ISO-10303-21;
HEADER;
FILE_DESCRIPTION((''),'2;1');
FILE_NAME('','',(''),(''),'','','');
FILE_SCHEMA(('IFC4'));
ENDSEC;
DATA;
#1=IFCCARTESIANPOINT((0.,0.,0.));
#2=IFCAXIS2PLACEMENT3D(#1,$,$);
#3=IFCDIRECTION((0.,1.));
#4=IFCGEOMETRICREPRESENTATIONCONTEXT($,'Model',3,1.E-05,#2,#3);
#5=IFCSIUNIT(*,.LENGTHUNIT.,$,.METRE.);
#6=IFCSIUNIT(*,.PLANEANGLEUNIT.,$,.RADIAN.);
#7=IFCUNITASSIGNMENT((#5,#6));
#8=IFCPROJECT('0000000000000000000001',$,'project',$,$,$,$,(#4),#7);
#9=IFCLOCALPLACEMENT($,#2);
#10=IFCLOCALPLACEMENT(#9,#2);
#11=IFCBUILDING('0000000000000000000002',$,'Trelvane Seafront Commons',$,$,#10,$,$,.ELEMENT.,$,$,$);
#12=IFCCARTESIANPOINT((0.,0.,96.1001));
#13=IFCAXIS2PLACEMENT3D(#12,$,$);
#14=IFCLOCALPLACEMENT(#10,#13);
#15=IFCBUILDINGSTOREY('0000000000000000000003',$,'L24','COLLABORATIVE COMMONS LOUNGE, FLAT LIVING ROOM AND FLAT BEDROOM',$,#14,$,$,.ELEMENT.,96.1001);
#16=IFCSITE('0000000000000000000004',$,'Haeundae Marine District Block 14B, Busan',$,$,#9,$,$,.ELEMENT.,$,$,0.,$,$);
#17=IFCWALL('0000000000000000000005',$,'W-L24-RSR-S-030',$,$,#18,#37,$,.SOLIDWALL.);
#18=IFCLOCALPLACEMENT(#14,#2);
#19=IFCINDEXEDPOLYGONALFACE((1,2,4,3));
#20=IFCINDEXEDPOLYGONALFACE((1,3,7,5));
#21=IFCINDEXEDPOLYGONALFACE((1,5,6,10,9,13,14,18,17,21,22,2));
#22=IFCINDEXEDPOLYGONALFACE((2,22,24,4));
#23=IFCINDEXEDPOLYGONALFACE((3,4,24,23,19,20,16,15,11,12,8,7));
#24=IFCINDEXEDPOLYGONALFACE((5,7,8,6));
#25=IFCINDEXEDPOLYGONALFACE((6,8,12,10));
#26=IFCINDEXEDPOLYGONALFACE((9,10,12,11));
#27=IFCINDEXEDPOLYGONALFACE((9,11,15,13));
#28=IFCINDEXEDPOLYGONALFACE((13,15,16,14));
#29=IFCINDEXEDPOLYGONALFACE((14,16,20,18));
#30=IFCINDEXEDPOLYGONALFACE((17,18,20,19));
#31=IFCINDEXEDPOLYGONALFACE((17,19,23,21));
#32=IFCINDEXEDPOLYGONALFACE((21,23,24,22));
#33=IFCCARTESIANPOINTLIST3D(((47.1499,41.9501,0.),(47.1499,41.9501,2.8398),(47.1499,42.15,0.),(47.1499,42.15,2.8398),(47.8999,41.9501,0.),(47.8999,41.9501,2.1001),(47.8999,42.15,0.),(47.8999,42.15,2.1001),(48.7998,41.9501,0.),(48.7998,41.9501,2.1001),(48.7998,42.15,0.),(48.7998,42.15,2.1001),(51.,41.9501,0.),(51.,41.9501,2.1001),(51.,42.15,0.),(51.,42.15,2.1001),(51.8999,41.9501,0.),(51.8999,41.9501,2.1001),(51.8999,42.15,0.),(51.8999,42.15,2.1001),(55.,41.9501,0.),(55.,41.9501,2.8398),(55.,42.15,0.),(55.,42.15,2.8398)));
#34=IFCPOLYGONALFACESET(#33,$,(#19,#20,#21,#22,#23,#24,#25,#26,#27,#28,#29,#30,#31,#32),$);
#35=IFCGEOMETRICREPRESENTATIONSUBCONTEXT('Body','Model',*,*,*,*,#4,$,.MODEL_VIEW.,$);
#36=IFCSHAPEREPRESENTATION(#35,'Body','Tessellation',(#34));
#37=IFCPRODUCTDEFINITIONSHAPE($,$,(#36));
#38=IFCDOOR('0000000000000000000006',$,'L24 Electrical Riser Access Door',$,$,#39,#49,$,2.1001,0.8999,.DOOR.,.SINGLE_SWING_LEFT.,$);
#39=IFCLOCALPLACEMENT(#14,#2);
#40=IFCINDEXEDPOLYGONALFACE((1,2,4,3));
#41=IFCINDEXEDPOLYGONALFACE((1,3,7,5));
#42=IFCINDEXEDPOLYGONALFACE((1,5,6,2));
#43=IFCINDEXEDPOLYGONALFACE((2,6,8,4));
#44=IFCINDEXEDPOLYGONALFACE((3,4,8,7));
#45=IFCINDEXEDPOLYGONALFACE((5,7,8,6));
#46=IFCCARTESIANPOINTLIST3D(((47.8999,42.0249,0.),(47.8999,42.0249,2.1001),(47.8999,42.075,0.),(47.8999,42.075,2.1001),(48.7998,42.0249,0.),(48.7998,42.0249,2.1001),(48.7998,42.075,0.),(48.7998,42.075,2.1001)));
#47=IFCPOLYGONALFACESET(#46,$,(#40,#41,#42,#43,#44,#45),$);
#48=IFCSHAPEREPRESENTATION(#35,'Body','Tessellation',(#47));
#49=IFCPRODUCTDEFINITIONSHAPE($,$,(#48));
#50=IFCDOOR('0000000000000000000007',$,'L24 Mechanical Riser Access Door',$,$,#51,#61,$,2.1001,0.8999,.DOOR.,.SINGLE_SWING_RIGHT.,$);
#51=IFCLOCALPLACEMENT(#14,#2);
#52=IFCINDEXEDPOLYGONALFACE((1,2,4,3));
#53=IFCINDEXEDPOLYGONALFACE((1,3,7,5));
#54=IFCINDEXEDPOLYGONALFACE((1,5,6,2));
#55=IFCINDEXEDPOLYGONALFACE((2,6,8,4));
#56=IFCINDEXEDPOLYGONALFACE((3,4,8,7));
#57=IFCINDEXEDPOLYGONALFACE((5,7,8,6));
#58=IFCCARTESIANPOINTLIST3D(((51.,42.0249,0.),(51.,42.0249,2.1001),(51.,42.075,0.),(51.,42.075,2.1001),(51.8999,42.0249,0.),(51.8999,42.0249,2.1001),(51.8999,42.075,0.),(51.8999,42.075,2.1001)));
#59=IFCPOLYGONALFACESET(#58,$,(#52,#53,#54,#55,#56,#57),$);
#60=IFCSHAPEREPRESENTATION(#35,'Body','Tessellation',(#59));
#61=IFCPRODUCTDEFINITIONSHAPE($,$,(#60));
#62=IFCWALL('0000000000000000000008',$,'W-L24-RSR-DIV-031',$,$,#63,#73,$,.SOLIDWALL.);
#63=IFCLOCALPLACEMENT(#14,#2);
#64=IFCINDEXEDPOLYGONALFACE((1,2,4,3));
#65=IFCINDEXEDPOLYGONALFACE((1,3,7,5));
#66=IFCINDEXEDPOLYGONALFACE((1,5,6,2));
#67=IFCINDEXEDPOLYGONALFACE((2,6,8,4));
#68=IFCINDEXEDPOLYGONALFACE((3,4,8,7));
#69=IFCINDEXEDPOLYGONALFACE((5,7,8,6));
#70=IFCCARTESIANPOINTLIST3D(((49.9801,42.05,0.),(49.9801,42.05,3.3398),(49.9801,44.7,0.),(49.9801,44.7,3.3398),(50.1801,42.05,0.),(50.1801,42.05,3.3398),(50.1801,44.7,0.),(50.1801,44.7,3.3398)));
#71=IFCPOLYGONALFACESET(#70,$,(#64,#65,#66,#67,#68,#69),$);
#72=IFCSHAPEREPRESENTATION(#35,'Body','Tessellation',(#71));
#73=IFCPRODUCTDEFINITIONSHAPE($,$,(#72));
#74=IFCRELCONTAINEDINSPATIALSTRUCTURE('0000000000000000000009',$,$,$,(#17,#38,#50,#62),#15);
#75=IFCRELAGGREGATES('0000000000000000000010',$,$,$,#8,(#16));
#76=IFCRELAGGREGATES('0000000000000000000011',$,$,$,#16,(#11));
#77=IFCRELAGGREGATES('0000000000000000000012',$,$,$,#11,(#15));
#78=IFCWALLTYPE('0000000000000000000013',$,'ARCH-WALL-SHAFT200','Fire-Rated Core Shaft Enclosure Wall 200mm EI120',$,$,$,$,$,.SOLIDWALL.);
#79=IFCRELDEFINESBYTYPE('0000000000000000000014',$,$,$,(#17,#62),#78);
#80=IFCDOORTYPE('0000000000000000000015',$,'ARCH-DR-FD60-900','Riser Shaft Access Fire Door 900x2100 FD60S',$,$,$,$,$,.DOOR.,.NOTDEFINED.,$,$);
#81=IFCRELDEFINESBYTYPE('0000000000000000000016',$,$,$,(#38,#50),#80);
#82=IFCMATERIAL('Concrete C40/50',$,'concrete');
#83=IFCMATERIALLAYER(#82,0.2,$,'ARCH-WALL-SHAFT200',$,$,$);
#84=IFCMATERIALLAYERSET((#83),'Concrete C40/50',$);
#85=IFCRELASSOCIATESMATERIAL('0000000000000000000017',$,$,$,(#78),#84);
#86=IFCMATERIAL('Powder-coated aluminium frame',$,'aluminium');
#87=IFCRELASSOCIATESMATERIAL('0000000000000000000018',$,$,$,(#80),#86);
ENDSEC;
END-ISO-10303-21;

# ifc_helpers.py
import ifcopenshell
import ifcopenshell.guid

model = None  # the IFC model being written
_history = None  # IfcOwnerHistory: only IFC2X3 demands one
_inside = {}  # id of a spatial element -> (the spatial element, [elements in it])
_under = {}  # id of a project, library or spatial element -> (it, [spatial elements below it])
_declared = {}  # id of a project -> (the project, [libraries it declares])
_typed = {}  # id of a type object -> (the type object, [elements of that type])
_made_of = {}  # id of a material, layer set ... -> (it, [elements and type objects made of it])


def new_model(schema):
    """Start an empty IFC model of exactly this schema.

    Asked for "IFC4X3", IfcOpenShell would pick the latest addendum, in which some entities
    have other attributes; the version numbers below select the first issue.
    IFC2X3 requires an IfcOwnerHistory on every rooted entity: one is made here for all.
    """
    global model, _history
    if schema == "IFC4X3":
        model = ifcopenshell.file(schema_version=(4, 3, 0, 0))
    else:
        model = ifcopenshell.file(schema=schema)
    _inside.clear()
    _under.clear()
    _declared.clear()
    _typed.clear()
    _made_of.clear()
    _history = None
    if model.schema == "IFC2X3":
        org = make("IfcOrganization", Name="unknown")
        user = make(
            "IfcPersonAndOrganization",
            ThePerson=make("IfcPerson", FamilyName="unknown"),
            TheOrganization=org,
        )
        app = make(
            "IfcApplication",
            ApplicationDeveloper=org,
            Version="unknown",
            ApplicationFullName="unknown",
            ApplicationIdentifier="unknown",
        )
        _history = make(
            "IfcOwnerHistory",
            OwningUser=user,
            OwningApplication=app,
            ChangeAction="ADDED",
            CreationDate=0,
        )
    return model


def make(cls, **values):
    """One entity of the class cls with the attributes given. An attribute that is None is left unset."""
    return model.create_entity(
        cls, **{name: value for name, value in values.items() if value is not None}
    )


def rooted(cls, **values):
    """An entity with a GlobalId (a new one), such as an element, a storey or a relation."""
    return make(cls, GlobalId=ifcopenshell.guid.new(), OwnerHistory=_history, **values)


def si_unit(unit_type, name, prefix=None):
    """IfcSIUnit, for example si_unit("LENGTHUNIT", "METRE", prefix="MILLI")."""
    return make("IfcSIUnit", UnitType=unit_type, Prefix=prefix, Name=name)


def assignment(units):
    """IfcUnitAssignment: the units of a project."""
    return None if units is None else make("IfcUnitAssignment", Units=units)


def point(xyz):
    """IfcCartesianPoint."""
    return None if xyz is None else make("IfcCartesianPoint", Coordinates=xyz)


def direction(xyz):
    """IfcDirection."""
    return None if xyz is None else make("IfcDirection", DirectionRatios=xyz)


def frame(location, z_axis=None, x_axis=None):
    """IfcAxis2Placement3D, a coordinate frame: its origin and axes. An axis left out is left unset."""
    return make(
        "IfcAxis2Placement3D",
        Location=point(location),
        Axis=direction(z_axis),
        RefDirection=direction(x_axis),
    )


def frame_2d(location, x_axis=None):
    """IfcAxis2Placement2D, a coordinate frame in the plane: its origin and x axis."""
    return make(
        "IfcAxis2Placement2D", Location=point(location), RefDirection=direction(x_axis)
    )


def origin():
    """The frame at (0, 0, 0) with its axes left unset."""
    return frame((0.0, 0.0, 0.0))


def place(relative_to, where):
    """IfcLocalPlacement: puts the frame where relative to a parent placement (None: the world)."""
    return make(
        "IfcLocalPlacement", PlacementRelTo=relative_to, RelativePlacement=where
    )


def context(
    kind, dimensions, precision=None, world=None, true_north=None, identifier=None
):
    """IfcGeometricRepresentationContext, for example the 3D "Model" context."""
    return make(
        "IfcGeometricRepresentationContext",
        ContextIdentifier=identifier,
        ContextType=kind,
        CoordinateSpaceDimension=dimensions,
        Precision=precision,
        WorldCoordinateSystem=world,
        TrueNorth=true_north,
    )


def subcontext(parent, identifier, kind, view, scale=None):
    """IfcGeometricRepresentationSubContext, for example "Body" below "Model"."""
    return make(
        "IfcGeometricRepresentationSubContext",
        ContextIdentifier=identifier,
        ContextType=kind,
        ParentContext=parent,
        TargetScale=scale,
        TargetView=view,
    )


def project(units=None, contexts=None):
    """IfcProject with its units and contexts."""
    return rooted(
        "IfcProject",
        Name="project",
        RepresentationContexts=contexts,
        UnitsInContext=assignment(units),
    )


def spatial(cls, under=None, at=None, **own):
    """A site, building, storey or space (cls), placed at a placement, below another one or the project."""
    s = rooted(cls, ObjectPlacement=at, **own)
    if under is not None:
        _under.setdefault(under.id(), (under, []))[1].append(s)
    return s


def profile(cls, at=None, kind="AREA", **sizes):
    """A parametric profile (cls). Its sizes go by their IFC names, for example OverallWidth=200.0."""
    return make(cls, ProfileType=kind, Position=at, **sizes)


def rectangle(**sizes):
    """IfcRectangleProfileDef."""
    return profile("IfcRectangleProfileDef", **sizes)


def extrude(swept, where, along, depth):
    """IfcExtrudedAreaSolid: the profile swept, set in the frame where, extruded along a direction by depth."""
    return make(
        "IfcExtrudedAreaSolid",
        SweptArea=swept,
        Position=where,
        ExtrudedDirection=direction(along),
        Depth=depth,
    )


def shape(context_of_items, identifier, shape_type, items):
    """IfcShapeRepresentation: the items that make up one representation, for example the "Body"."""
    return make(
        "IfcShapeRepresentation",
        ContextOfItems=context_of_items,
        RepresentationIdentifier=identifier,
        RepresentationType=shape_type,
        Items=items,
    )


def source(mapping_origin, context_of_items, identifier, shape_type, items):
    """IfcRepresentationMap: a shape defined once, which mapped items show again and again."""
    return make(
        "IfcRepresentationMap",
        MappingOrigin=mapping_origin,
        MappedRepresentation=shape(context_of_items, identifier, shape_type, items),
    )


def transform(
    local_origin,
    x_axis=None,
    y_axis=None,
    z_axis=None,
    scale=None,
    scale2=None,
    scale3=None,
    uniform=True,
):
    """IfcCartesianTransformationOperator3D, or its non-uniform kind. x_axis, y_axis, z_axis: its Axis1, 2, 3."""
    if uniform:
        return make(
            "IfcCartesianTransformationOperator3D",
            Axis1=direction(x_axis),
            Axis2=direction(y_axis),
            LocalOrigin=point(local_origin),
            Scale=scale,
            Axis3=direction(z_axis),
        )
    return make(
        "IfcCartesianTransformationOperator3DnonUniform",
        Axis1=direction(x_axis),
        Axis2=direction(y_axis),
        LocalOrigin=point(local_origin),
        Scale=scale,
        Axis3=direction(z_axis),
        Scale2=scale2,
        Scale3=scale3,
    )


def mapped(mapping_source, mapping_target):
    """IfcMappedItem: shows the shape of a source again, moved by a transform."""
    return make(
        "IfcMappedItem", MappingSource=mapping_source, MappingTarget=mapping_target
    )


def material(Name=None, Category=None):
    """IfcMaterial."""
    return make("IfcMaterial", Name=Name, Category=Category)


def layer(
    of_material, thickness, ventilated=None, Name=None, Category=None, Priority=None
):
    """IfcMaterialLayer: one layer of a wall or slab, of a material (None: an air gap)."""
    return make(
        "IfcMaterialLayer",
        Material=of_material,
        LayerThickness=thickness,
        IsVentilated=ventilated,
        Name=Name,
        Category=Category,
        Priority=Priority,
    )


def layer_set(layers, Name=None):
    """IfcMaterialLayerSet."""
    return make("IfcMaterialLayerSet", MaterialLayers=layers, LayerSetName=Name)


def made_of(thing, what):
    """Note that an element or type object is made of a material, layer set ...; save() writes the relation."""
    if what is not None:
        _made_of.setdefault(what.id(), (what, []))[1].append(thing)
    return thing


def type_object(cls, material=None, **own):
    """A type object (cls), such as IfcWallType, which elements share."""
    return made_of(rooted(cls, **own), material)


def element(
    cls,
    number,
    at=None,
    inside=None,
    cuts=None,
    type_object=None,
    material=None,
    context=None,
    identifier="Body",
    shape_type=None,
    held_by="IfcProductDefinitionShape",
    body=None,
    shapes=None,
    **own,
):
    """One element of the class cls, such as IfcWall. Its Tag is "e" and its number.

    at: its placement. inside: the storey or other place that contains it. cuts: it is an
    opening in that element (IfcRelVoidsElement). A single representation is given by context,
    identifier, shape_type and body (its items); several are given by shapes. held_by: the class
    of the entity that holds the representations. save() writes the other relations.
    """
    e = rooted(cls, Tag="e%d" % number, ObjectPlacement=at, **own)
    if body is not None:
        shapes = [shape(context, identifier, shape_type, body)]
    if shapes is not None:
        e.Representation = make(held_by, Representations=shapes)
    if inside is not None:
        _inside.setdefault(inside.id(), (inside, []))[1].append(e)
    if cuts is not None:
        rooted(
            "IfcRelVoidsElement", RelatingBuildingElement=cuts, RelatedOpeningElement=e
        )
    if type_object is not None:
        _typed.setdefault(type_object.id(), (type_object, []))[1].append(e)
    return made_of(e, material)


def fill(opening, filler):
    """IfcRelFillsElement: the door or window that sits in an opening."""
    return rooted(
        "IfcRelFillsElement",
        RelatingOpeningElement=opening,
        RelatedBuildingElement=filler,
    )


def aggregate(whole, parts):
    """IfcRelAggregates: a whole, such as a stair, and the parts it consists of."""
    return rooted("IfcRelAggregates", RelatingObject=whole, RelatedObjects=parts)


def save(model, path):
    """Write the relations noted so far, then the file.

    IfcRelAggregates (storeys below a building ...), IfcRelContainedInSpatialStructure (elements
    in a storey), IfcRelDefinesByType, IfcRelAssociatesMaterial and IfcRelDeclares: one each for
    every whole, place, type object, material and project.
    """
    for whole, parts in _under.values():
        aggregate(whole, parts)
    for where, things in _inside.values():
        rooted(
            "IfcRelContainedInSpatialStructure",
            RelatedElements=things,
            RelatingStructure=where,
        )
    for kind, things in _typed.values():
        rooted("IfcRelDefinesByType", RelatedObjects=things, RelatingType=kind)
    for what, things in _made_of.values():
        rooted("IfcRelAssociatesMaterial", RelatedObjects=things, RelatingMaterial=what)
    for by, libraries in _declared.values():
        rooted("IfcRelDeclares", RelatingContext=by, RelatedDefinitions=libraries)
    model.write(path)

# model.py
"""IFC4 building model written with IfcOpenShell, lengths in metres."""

from ifc_helpers import new_model, si_unit, direction, frame, frame_2d, origin, place, context, subcontext, project, spatial, rectangle, extrude, source, transform, mapped, material, layer, layer_set, type_object, element, fill, save


model = new_model("IFC4")

# Units and contexts
model_context = context("Model", 3, precision=1e-05, world=origin(), true_north=direction((0.0, 1.0)))
body_context = subcontext(model_context, "Body", "Model", "MODEL_VIEW")
ifc_project = project(units=[si_unit("LENGTHUNIT", "METRE"), si_unit("PLANEANGLEUNIT", "RADIAN")], contexts=[model_context])

# Site, building, storey
site_placement = place(None, origin())
site = spatial("IfcSite", under=ifc_project, at=site_placement, Name="Haeundae Marine District Block 14B, Busan", CompositionType="ELEMENT", RefElevation=0.0)
building_placement = place(site_placement, origin())
building = spatial("IfcBuilding", under=site, at=building_placement, Name="Trelvane Seafront Commons", CompositionType="ELEMENT")
storey_placement = place(building_placement, frame((0.0, 0.0, 96.1001)))
storey = spatial("IfcBuildingStorey", under=building, at=storey_placement, Name="L24", Description="COLLABORATIVE COMMONS LOUNGE, FLAT LIVING ROOM AND FLAT BEDROOM", CompositionType="ELEMENT", Elevation=96.1001)

# Shared definitions
ifc_material_1 = material(Name="Concrete C40/50", Category="concrete")
ifc_layer_1 = layer(ifc_material_1, 0.2, Name="ARCH-WALL-SHAFT200")
ifc_layer_set_1 = layer_set([ifc_layer_1], Name="Concrete C40/50")
wall_type_1 = type_object("IfcWallType", Name="ARCH-WALL-SHAFT200", Description="Fire-Rated Core Shaft Enclosure Wall 200mm EI120", PredefinedType="SOLIDWALL", material=ifc_layer_set_1)

# Wall, openings, doors
wall_1_placement = place(storey_placement, frame((47.1499, 42.05, 0.0), z_axis=(0.0, 0.0, 1.0), x_axis=(1.0, 0.0, 0.0)))
wall_1 = element("IfcWall", 1, at=wall_1_placement, inside=storey, type_object=wall_type_1, Name="W-L24-RSR-S-030", PredefinedType="SOLIDWALL", context=body_context, shape_type="SweptSolid", body=[
    extrude(rectangle(XDim=7.8501, YDim=0.2, at=frame_2d((3.925, 0.0))), origin(), (0.0, 0.0, 1.0), 2.8398),
])
opening_1_placement = place(wall_1_placement, frame((0.75, 0.0, 0.0)))
opening_1 = element("IfcOpeningElement", 2, at=opening_1_placement, cuts=wall_1, PredefinedType="OPENING", context=body_context, shape_type="SweptSolid", body=[
    extrude(rectangle(XDim=0.8999, YDim=2.1001, at=frame_2d((0.45, 1.05))), frame((0.0, 0.1099, 0.0), z_axis=(0.0, -1.0, 0.0), x_axis=(1.0, 0.0, 0.0)), (0.0, 0.0, 1.0), 0.22),
])
opening_2_placement = place(wall_1_placement, frame((3.8501, 0.0, 0.0)))
opening_2 = element("IfcOpeningElement", 3, at=opening_2_placement, cuts=wall_1, PredefinedType="OPENING", context=body_context, shape_type="SweptSolid", body=[
    extrude(rectangle(XDim=0.8999, YDim=2.1001, at=frame_2d((0.45, 1.05))), frame((0.0, 0.1099, 0.0), z_axis=(0.0, -1.0, 0.0), x_axis=(1.0, 0.0, 0.0)), (0.0, 0.0, 1.0), 0.22),
])
ifc_material_2 = material(Name="Powder-coated aluminium frame", Category="aluminium")
door_type_1 = type_object("IfcDoorType", Name="ARCH-DR-FD60-900", Description="Riser Shaft Access Fire Door 900x2100 FD60S", OperationType="NOTDEFINED", PredefinedType="DOOR", material=ifc_material_2)
shared_shape_1 = source(origin(), body_context, "Body", "SweptSolid", [
    extrude(rectangle(XDim=0.8999, YDim=2.1001, at=frame_2d((0.45, 1.05))), frame((0.0, 0.0249, 0.0), z_axis=(0.0, -1.0, 0.0), x_axis=(1.0, 0.0, 0.0)), (0.0, 0.0, 1.0), 0.05),
])
door_1_placement = place(opening_1_placement, origin())
door_1 = element("IfcDoor", 4, at=door_1_placement, inside=storey, type_object=door_type_1, Name="L24 Electrical Riser Access Door", OperationType="SINGLE_SWING_LEFT", OverallHeight=2.1001, OverallWidth=0.8999, PredefinedType="DOOR", context=body_context, shape_type="MappedRepresentation", body=[
    mapped(shared_shape_1, transform((0.0, 0.0, 0.0), x_axis=(1.0, 0.0, 0.0), y_axis=(0.0, 1.0, 0.0), z_axis=(0.0, 0.0, 1.0), scale=1.0)),
])
fill(opening_1, door_1)
door_2_placement = place(opening_2_placement, origin())
door_2 = element("IfcDoor", 5, at=door_2_placement, inside=storey, type_object=door_type_1, Name="L24 Mechanical Riser Access Door", OperationType="SINGLE_SWING_RIGHT", OverallHeight=2.1001, OverallWidth=0.8999, PredefinedType="DOOR", context=body_context, shape_type="MappedRepresentation", body=[
    mapped(shared_shape_1, transform((0.0, 0.0, 0.0), x_axis=(1.0, 0.0, 0.0), y_axis=(0.0, 1.0, 0.0), z_axis=(0.0, 0.0, 1.0), scale=1.0)),
])
fill(opening_2, door_2)

# Wall
wall_2_placement = place(storey_placement, frame((50.0801, 42.05, 0.0), z_axis=(0.0, 0.0, 1.0), x_axis=(0.0, 1.0, 0.0)))
element("IfcWall", 6, at=wall_2_placement, inside=storey, type_object=wall_type_1, Name="W-L24-RSR-DIV-031", PredefinedType="SOLIDWALL", context=body_context, shape_type="SweptSolid", body=[
    extrude(rectangle(XDim=2.6499, YDim=0.2, at=frame_2d((1.325, 0.0))), origin(), (0.0, 0.0, 1.0), 3.3398),
])

save(model, "model.ifc")
